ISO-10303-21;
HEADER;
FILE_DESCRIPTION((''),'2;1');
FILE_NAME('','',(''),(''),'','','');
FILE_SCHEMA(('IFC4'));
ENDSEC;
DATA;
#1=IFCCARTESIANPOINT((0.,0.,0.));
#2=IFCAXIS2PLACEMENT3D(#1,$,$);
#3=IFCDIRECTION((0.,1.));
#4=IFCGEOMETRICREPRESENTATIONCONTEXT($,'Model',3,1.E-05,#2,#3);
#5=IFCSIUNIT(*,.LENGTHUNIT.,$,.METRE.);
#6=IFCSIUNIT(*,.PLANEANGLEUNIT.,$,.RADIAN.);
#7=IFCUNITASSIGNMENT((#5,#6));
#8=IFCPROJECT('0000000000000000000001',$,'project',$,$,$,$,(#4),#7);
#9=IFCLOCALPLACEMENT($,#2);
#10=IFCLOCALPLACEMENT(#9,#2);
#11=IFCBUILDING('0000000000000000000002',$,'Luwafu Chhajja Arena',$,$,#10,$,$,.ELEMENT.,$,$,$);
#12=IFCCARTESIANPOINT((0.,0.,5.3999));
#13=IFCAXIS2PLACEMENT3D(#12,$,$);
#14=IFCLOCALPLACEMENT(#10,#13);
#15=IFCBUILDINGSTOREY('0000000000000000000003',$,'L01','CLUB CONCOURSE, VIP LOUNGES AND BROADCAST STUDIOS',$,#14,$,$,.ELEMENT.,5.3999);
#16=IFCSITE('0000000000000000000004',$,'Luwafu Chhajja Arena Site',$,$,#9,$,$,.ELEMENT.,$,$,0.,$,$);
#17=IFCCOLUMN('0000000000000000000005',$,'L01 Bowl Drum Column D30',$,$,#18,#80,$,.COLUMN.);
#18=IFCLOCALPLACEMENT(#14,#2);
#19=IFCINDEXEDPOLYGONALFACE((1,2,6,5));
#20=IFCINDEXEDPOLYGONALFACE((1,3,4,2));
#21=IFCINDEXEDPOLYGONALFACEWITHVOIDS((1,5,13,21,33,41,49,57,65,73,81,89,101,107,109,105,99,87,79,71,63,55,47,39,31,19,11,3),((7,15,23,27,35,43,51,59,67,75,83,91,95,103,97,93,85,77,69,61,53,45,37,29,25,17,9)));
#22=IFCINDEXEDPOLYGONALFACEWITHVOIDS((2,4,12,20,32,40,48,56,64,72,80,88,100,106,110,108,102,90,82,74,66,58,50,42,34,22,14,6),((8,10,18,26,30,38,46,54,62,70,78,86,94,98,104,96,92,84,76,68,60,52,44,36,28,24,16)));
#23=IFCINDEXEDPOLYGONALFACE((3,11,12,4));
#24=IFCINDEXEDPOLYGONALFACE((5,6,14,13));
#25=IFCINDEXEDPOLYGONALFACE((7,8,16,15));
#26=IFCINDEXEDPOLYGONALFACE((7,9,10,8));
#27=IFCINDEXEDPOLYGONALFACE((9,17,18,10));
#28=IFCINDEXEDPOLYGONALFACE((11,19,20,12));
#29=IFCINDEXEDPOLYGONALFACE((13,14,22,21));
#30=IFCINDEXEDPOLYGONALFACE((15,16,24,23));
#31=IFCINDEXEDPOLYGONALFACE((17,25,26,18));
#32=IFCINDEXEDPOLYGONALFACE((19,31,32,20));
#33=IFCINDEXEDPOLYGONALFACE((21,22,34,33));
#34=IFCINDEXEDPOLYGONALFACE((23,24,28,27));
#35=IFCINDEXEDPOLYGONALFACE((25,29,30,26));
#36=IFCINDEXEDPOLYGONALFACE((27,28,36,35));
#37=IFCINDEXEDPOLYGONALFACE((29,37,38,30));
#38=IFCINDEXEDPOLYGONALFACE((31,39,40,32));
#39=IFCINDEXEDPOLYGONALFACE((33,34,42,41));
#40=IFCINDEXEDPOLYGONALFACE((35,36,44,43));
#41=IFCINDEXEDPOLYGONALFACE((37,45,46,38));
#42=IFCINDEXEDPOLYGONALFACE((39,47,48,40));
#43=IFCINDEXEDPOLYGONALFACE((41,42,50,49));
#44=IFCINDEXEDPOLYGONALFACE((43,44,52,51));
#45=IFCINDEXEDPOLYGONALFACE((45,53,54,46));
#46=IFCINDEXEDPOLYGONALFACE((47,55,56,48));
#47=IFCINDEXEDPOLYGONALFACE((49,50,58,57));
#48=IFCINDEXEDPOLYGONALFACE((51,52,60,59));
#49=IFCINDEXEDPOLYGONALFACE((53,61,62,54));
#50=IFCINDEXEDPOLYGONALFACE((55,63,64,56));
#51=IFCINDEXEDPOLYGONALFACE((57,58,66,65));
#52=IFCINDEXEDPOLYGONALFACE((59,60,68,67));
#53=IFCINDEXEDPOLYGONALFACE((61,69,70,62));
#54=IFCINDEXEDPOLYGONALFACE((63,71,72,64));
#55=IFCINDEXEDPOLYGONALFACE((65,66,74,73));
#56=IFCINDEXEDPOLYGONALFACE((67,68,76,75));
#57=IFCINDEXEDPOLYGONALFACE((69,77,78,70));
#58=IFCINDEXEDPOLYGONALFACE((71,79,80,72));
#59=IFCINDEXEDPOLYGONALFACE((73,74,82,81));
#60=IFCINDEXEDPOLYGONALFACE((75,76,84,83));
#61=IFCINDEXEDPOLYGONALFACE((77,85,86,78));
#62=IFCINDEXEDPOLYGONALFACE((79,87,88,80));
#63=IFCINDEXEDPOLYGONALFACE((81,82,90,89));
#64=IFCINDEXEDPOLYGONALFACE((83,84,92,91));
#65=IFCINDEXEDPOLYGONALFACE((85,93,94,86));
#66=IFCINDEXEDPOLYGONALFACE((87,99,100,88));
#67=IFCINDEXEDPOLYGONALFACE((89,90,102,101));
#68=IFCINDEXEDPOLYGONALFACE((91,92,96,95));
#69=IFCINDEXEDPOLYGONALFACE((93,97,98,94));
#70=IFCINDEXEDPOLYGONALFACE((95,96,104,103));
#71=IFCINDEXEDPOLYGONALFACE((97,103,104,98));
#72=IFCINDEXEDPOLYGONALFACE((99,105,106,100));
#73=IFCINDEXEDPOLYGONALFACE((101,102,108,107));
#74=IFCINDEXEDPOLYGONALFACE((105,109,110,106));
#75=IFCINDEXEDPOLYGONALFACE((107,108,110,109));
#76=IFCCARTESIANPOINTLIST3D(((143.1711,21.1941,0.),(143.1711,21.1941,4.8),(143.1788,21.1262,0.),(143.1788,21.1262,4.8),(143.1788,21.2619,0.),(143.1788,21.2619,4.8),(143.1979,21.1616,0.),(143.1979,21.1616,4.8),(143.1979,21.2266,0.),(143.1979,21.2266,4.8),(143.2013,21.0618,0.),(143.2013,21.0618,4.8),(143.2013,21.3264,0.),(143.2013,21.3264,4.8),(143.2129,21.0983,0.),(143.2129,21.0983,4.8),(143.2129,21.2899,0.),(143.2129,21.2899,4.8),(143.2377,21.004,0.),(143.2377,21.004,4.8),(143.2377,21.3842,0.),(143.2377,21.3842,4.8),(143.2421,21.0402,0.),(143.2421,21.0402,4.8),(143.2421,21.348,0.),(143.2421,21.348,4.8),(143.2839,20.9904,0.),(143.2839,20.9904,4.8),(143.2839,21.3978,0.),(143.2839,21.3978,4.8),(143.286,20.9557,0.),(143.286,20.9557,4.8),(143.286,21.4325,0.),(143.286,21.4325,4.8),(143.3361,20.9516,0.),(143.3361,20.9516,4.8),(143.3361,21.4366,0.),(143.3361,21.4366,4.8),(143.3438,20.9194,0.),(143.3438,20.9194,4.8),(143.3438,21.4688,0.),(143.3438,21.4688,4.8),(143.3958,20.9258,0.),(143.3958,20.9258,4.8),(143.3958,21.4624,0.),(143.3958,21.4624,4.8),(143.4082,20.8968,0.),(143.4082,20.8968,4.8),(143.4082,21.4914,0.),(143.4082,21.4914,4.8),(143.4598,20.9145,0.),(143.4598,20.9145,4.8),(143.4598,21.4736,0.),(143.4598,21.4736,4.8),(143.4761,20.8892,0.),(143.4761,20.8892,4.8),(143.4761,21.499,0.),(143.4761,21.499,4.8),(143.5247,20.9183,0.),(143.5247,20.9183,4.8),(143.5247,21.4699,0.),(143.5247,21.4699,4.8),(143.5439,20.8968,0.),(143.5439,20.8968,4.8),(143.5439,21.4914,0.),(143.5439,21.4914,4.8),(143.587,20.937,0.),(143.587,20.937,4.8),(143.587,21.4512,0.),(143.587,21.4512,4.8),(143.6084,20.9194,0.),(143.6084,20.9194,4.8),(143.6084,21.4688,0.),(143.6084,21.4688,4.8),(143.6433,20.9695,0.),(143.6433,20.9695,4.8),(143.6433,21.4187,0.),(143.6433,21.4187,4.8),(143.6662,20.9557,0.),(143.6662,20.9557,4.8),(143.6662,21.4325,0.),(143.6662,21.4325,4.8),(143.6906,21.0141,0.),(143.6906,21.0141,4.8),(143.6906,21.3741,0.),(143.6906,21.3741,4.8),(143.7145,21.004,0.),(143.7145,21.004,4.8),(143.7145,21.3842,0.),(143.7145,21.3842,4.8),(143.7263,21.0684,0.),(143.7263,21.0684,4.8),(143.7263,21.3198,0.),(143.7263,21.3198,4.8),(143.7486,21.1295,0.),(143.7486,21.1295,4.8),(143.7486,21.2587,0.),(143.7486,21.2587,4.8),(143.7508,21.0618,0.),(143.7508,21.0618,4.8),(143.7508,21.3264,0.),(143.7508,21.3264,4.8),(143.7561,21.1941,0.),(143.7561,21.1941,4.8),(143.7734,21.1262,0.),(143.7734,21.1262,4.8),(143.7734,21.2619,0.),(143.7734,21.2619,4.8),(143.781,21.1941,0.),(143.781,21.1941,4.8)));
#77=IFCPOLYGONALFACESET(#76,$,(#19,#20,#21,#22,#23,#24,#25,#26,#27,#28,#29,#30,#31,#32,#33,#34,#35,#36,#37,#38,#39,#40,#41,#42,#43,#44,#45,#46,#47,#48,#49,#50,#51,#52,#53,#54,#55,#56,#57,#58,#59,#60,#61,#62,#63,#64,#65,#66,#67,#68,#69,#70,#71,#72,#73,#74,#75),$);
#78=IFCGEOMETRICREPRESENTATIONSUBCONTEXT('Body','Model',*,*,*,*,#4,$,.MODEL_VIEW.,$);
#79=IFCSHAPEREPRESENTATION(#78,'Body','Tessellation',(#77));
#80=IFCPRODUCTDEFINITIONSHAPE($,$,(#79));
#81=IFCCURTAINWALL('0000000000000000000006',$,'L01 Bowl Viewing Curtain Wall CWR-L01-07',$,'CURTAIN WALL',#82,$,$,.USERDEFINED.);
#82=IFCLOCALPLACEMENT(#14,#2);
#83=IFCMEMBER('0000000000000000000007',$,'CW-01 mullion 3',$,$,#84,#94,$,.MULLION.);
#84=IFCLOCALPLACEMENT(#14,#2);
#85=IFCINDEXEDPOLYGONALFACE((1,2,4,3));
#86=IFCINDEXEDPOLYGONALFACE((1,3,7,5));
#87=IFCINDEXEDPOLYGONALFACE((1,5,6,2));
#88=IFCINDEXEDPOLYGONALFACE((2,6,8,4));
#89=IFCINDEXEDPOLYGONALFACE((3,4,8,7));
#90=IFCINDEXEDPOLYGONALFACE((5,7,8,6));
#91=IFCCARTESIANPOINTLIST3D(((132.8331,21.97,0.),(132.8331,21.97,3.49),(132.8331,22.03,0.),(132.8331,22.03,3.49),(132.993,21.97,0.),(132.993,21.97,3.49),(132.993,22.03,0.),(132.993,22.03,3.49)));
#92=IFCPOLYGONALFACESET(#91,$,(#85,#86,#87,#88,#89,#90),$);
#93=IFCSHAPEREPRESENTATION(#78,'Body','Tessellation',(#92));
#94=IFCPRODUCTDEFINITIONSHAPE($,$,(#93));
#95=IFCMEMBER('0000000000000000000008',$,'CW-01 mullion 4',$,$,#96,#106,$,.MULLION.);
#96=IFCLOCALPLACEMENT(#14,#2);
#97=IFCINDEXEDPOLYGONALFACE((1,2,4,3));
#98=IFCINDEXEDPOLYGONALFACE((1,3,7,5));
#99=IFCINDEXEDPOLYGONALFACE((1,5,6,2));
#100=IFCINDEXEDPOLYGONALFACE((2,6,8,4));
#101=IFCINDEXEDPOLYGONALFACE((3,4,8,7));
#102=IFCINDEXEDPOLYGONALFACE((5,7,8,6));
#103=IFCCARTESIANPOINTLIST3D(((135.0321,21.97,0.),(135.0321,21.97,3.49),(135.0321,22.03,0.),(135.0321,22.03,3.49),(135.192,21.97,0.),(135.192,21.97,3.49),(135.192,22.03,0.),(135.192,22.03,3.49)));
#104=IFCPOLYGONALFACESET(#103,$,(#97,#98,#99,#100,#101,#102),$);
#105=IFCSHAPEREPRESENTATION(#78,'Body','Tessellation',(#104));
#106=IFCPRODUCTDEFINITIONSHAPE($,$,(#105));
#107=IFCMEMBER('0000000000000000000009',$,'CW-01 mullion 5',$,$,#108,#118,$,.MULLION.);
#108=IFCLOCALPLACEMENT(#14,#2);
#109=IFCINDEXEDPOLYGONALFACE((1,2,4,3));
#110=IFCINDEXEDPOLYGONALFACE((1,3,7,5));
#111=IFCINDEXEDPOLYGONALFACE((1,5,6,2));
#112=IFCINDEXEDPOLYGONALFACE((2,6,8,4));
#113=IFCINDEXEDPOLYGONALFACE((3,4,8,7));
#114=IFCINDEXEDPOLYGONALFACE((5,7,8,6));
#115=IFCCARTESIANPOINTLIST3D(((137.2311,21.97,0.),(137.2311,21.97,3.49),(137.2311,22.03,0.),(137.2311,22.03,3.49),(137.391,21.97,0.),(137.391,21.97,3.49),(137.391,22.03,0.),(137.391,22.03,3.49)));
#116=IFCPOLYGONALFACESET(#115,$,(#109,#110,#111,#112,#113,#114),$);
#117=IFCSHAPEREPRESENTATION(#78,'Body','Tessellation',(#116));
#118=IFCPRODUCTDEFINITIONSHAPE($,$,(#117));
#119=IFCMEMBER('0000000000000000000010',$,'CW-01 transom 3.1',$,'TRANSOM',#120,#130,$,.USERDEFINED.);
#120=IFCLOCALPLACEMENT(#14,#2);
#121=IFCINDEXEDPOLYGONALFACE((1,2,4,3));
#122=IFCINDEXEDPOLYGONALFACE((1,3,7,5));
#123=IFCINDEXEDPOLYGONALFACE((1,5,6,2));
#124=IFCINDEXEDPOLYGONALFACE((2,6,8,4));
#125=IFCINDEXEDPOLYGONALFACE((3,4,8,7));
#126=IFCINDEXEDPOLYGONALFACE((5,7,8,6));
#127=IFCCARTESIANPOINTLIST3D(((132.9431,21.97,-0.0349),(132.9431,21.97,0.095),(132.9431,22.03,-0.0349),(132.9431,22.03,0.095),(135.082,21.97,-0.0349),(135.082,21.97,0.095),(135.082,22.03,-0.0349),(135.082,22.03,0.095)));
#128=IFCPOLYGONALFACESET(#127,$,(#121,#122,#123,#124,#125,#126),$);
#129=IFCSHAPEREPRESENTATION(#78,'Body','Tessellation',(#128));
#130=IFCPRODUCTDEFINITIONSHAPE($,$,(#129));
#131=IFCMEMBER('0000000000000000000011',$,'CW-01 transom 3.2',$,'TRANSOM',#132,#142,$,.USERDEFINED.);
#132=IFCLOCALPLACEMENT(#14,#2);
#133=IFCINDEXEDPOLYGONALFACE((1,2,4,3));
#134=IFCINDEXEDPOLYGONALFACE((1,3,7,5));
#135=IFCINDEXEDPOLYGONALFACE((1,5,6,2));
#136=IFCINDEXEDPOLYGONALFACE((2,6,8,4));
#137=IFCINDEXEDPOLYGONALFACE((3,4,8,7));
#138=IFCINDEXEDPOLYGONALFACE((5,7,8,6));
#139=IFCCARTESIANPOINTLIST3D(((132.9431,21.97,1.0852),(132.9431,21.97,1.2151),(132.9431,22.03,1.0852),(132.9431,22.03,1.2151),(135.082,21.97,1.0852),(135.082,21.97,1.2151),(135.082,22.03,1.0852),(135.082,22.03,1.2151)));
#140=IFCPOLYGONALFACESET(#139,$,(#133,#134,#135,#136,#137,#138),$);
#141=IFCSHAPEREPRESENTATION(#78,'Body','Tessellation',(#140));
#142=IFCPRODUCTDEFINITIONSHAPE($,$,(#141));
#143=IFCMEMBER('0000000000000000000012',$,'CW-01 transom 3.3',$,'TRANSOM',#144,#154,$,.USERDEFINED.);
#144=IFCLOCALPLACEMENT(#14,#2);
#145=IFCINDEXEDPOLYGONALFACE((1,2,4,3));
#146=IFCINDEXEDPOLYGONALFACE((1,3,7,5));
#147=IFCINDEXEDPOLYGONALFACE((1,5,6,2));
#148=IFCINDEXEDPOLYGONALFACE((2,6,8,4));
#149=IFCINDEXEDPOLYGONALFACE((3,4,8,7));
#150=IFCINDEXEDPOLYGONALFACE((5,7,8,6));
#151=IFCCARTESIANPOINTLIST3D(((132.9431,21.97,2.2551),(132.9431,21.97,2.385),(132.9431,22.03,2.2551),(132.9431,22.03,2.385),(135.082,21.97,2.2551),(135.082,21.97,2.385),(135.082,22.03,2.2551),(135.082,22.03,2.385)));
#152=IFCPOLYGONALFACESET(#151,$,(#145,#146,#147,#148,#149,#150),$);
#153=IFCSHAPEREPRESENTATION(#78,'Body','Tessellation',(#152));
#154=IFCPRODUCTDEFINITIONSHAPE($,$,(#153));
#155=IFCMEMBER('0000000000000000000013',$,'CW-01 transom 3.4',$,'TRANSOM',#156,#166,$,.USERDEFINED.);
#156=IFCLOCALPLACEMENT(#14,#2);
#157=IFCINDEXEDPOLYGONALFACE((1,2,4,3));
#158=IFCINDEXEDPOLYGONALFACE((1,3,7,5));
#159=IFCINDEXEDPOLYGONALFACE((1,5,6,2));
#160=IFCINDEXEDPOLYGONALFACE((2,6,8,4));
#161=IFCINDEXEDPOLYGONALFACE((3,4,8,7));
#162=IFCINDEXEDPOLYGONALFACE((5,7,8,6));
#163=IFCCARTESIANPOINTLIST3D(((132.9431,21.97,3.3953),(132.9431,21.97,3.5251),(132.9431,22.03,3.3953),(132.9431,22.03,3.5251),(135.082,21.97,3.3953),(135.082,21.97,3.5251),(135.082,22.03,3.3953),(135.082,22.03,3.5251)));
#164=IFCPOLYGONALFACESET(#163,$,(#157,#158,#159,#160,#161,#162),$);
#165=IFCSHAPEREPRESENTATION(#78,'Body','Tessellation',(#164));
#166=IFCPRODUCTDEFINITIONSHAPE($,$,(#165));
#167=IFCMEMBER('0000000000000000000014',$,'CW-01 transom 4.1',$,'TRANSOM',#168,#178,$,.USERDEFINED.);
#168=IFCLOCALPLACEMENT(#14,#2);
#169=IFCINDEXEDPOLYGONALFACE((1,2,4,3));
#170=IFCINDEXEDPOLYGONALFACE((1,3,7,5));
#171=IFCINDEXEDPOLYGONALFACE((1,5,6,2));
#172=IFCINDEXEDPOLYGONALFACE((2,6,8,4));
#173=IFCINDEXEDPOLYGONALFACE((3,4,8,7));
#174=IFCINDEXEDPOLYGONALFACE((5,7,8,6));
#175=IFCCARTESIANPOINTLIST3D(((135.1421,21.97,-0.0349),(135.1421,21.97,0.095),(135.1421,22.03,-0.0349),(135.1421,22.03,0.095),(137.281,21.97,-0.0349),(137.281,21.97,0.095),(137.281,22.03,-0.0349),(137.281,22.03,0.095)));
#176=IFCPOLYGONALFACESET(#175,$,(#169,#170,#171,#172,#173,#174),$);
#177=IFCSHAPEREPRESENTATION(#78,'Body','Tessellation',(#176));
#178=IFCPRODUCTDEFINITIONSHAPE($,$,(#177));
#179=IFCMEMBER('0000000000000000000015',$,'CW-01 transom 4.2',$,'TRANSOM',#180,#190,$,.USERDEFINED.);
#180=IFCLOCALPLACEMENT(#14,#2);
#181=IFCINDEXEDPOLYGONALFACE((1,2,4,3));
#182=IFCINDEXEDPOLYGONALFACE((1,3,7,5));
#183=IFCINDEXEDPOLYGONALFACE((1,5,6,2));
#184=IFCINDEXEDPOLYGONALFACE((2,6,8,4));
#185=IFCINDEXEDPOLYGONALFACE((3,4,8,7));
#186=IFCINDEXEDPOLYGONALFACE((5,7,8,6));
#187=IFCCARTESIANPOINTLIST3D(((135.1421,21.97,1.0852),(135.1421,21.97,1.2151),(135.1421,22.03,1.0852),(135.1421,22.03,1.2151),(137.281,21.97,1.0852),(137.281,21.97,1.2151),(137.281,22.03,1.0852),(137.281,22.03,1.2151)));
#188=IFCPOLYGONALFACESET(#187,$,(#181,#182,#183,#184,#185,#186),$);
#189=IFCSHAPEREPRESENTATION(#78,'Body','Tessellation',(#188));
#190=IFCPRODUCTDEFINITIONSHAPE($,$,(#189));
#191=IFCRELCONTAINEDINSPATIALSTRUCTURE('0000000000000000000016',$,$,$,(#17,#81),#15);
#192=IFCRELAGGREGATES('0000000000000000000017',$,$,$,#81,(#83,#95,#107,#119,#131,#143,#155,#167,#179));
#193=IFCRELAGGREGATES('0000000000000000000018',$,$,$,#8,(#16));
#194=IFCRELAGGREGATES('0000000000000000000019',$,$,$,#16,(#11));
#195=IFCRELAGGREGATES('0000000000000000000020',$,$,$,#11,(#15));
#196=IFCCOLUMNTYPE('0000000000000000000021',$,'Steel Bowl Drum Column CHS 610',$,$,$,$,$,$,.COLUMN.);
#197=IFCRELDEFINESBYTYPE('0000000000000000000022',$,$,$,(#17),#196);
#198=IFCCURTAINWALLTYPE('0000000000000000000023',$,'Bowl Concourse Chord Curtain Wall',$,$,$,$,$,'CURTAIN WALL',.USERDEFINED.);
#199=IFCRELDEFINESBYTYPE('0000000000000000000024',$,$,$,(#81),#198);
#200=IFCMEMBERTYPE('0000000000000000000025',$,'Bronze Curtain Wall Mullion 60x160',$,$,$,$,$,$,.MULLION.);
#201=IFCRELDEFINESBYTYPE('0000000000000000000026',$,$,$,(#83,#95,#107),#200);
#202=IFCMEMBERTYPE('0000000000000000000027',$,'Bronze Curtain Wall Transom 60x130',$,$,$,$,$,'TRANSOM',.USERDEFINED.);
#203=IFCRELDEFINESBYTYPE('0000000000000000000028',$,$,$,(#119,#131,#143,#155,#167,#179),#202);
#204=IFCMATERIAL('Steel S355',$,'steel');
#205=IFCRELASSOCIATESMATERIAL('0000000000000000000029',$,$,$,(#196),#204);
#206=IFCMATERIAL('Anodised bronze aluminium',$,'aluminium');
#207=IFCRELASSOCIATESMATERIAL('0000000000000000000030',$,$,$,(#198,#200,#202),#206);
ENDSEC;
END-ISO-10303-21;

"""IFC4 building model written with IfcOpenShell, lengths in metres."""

from ifc_helpers import new_model, si_unit, direction, frame, origin, origin_2d, place, context, subcontext, project, spatial, rectangle, hollow_circle, extrude, material, material_profile, profile_set, type_object, element, aggregate, save


model = new_model("IFC4")

# Units and contexts
model_context = context("Model", 3, precision=1e-05, world=origin(), true_north=direction((0.0, 1.0)))
body_context = subcontext(model_context, "Body", "Model", "MODEL_VIEW")
ifc_project = project(units=[si_unit("LENGTHUNIT", "METRE"), si_unit("PLANEANGLEUNIT", "RADIAN")], contexts=[model_context])

# Site, building, storey
site_placement = place(None, origin())
site = spatial("IfcSite", under=ifc_project, at=site_placement, Name="Luwafu Chhajja Arena Site", CompositionType="ELEMENT", RefElevation=0.0)
building_placement = place(site_placement, origin())
building = spatial("IfcBuilding", under=site, at=building_placement, Name="Luwafu Chhajja Arena", CompositionType="ELEMENT")
storey_placement = place(building_placement, frame((0.0, 0.0, 5.3999)))
storey = spatial("IfcBuildingStorey", under=building, at=storey_placement, Name="L01", Description="CLUB CONCOURSE, VIP LOUNGES AND BROADCAST STUDIOS", CompositionType="ELEMENT", Elevation=5.3999)

# Column
ifc_material_1 = material(Name="Steel S355", Category="steel")
ifc_material_profile_1 = material_profile(ifc_material_1, hollow_circle(Radius=0.3049, WallThickness=0.0249, at=origin_2d()), Name="CHS 610x25")
ifc_profile_set_1 = profile_set([ifc_material_profile_1], Name="Steel S355")
column_type = type_object("IfcColumnType", Name="Steel Bowl Drum Column CHS 610", PredefinedType="COLUMN", material=ifc_profile_set_1)
column_placement = place(storey_placement, frame((143.4761, 21.1941, 0.0), z_axis=(0.0, 0.0, 1.0), x_axis=(1.0, 0.0, 0.0)))
element("IfcColumn", 1, at=column_placement, inside=storey, type_object=column_type, Name="L01 Bowl Drum Column D30", PredefinedType="COLUMN", context=body_context, shape_type="SweptSolid", body=[
    extrude(hollow_circle(Radius=0.3049, WallThickness=0.0249, at=origin_2d()), origin(), (0.0, 0.0, 1.0), 4.8),
])

# Curtain wall, members
ifc_material_2 = material(Name="Anodised bronze aluminium", Category="aluminium")
curtain_wall_type = type_object("IfcCurtainWallType", Name="Bowl Concourse Chord Curtain Wall", ElementType="CURTAIN WALL", PredefinedType="USERDEFINED", material=ifc_material_2)
curtain_wall_placement = place(storey_placement, origin())
curtain_wall = element("IfcCurtainWall", 2, at=curtain_wall_placement, inside=storey, type_object=curtain_wall_type, Name="L01 Bowl Viewing Curtain Wall CWR-L01-07", ObjectType="CURTAIN WALL", PredefinedType="USERDEFINED")
ifc_material_profile_2 = material_profile(ifc_material_2, rectangle(XDim=0.0601, YDim=0.1599, at=origin_2d()), Name="CWM 60x160")
ifc_profile_set_2 = profile_set([ifc_material_profile_2], Name="Anodised bronze aluminium")
member_type_1 = type_object("IfcMemberType", Name="Bronze Curtain Wall Mullion 60x160", PredefinedType="MULLION", material=ifc_profile_set_2)
member_1_placement = place(storey_placement, frame((132.9131, 22.0, 0.0), z_axis=(0.0, 0.0, 1.0), x_axis=(0.0, 1.0, 0.0)))
member_1 = element("IfcMember", 3, at=member_1_placement, type_object=member_type_1, Name="CW-01 mullion 3", PredefinedType="MULLION", context=body_context, shape_type="SweptSolid", body=[
    extrude(rectangle(XDim=0.0601, YDim=0.1599, at=origin_2d()), origin(), (0.0, 0.0, 1.0), 3.49),
])
member_2_placement = place(storey_placement, frame((135.1121, 22.0, 0.0), z_axis=(0.0, 0.0, 1.0), x_axis=(0.0, 1.0, 0.0)))
member_2 = element("IfcMember", 4, at=member_2_placement, type_object=member_type_1, Name="CW-01 mullion 4", PredefinedType="MULLION", context=body_context, shape_type="SweptSolid", body=[
    extrude(rectangle(XDim=0.0601, YDim=0.1599, at=origin_2d()), origin(), (0.0, 0.0, 1.0), 3.49),
])
member_3_placement = place(storey_placement, frame((137.311, 22.0, 0.0), z_axis=(0.0, 0.0, 1.0), x_axis=(0.0, 1.0, 0.0)))
member_3 = element("IfcMember", 5, at=member_3_placement, type_object=member_type_1, Name="CW-01 mullion 5", PredefinedType="MULLION", context=body_context, shape_type="SweptSolid", body=[
    extrude(rectangle(XDim=0.0601, YDim=0.1599, at=origin_2d()), origin(), (0.0, 0.0, 1.0), 3.49),
])
ifc_material_profile_3 = material_profile(ifc_material_2, rectangle(XDim=0.0601, YDim=0.1299, at=origin_2d()), Name="CWT 60x130")
ifc_profile_set_3 = profile_set([ifc_material_profile_3], Name="Anodised bronze aluminium")
member_type_2 = type_object("IfcMemberType", Name="Bronze Curtain Wall Transom 60x130", ElementType="TRANSOM", PredefinedType="USERDEFINED", material=ifc_profile_set_3)
member_4_placement = place(storey_placement, frame((132.9431, 22.0, 0.03), z_axis=(1.0, 0.0, 0.0), x_axis=(0.0, 1.0, 0.0)))
member_4 = element("IfcMember", 6, at=member_4_placement, type_object=member_type_2, Name="CW-01 transom 3.1", ObjectType="TRANSOM", PredefinedType="USERDEFINED", context=body_context, shape_type="SweptSolid", body=[
    extrude(rectangle(XDim=0.0601, YDim=0.1299, at=origin_2d()), origin(), (0.0, 0.0, 1.0), 2.1389),
])
member_5_placement = place(storey_placement, frame((132.9431, 22.0, 1.1501), z_axis=(1.0, 0.0, 0.0), x_axis=(0.0, 1.0, 0.0)))
member_5 = element("IfcMember", 7, at=member_5_placement, type_object=member_type_2, Name="CW-01 transom 3.2", ObjectType="TRANSOM", PredefinedType="USERDEFINED", context=body_context, shape_type="SweptSolid", body=[
    extrude(rectangle(XDim=0.0601, YDim=0.1299, at=origin_2d()), origin(), (0.0, 0.0, 1.0), 2.1389),
])
member_6_placement = place(storey_placement, frame((132.9431, 22.0, 2.3201), z_axis=(1.0, 0.0, 0.0), x_axis=(0.0, 1.0, 0.0)))
member_6 = element("IfcMember", 8, at=member_6_placement, type_object=member_type_2, Name="CW-01 transom 3.3", ObjectType="TRANSOM", PredefinedType="USERDEFINED", context=body_context, shape_type="SweptSolid", body=[
    extrude(rectangle(XDim=0.0601, YDim=0.1299, at=origin_2d()), origin(), (0.0, 0.0, 1.0), 2.1389),
])
member_7_placement = place(storey_placement, frame((132.9431, 22.0, 3.4602), z_axis=(1.0, 0.0, 0.0), x_axis=(0.0, 1.0, 0.0)))
member_7 = element("IfcMember", 9, at=member_7_placement, type_object=member_type_2, Name="CW-01 transom 3.4", ObjectType="TRANSOM", PredefinedType="USERDEFINED", context=body_context, shape_type="SweptSolid", body=[
    extrude(rectangle(XDim=0.0601, YDim=0.1299, at=origin_2d()), origin(), (0.0, 0.0, 1.0), 2.1389),
])
member_8_placement = place(storey_placement, frame((135.1421, 22.0, 0.03), z_axis=(1.0, 0.0, 0.0), x_axis=(0.0, 1.0, 0.0)))
member_8 = element("IfcMember", 10, at=member_8_placement, type_object=member_type_2, Name="CW-01 transom 4.1", ObjectType="TRANSOM", PredefinedType="USERDEFINED", context=body_context, shape_type="SweptSolid", body=[
    extrude(rectangle(XDim=0.0601, YDim=0.1299, at=origin_2d()), origin(), (0.0, 0.0, 1.0), 2.1389),
])
member_9_placement = place(storey_placement, frame((135.1421, 22.0, 1.1501), z_axis=(1.0, 0.0, 0.0), x_axis=(0.0, 1.0, 0.0)))
member_9 = element("IfcMember", 11, at=member_9_placement, type_object=member_type_2, Name="CW-01 transom 4.2", ObjectType="TRANSOM", PredefinedType="USERDEFINED", context=body_context, shape_type="SweptSolid", body=[
    extrude(rectangle(XDim=0.0601, YDim=0.1299, at=origin_2d()), origin(), (0.0, 0.0, 1.0), 2.1389),
])

aggregate(curtain_wall, [member_1, member_2, member_3, member_4, member_5, member_6, member_7, member_8, member_9])

save(model, "model.ifc")
